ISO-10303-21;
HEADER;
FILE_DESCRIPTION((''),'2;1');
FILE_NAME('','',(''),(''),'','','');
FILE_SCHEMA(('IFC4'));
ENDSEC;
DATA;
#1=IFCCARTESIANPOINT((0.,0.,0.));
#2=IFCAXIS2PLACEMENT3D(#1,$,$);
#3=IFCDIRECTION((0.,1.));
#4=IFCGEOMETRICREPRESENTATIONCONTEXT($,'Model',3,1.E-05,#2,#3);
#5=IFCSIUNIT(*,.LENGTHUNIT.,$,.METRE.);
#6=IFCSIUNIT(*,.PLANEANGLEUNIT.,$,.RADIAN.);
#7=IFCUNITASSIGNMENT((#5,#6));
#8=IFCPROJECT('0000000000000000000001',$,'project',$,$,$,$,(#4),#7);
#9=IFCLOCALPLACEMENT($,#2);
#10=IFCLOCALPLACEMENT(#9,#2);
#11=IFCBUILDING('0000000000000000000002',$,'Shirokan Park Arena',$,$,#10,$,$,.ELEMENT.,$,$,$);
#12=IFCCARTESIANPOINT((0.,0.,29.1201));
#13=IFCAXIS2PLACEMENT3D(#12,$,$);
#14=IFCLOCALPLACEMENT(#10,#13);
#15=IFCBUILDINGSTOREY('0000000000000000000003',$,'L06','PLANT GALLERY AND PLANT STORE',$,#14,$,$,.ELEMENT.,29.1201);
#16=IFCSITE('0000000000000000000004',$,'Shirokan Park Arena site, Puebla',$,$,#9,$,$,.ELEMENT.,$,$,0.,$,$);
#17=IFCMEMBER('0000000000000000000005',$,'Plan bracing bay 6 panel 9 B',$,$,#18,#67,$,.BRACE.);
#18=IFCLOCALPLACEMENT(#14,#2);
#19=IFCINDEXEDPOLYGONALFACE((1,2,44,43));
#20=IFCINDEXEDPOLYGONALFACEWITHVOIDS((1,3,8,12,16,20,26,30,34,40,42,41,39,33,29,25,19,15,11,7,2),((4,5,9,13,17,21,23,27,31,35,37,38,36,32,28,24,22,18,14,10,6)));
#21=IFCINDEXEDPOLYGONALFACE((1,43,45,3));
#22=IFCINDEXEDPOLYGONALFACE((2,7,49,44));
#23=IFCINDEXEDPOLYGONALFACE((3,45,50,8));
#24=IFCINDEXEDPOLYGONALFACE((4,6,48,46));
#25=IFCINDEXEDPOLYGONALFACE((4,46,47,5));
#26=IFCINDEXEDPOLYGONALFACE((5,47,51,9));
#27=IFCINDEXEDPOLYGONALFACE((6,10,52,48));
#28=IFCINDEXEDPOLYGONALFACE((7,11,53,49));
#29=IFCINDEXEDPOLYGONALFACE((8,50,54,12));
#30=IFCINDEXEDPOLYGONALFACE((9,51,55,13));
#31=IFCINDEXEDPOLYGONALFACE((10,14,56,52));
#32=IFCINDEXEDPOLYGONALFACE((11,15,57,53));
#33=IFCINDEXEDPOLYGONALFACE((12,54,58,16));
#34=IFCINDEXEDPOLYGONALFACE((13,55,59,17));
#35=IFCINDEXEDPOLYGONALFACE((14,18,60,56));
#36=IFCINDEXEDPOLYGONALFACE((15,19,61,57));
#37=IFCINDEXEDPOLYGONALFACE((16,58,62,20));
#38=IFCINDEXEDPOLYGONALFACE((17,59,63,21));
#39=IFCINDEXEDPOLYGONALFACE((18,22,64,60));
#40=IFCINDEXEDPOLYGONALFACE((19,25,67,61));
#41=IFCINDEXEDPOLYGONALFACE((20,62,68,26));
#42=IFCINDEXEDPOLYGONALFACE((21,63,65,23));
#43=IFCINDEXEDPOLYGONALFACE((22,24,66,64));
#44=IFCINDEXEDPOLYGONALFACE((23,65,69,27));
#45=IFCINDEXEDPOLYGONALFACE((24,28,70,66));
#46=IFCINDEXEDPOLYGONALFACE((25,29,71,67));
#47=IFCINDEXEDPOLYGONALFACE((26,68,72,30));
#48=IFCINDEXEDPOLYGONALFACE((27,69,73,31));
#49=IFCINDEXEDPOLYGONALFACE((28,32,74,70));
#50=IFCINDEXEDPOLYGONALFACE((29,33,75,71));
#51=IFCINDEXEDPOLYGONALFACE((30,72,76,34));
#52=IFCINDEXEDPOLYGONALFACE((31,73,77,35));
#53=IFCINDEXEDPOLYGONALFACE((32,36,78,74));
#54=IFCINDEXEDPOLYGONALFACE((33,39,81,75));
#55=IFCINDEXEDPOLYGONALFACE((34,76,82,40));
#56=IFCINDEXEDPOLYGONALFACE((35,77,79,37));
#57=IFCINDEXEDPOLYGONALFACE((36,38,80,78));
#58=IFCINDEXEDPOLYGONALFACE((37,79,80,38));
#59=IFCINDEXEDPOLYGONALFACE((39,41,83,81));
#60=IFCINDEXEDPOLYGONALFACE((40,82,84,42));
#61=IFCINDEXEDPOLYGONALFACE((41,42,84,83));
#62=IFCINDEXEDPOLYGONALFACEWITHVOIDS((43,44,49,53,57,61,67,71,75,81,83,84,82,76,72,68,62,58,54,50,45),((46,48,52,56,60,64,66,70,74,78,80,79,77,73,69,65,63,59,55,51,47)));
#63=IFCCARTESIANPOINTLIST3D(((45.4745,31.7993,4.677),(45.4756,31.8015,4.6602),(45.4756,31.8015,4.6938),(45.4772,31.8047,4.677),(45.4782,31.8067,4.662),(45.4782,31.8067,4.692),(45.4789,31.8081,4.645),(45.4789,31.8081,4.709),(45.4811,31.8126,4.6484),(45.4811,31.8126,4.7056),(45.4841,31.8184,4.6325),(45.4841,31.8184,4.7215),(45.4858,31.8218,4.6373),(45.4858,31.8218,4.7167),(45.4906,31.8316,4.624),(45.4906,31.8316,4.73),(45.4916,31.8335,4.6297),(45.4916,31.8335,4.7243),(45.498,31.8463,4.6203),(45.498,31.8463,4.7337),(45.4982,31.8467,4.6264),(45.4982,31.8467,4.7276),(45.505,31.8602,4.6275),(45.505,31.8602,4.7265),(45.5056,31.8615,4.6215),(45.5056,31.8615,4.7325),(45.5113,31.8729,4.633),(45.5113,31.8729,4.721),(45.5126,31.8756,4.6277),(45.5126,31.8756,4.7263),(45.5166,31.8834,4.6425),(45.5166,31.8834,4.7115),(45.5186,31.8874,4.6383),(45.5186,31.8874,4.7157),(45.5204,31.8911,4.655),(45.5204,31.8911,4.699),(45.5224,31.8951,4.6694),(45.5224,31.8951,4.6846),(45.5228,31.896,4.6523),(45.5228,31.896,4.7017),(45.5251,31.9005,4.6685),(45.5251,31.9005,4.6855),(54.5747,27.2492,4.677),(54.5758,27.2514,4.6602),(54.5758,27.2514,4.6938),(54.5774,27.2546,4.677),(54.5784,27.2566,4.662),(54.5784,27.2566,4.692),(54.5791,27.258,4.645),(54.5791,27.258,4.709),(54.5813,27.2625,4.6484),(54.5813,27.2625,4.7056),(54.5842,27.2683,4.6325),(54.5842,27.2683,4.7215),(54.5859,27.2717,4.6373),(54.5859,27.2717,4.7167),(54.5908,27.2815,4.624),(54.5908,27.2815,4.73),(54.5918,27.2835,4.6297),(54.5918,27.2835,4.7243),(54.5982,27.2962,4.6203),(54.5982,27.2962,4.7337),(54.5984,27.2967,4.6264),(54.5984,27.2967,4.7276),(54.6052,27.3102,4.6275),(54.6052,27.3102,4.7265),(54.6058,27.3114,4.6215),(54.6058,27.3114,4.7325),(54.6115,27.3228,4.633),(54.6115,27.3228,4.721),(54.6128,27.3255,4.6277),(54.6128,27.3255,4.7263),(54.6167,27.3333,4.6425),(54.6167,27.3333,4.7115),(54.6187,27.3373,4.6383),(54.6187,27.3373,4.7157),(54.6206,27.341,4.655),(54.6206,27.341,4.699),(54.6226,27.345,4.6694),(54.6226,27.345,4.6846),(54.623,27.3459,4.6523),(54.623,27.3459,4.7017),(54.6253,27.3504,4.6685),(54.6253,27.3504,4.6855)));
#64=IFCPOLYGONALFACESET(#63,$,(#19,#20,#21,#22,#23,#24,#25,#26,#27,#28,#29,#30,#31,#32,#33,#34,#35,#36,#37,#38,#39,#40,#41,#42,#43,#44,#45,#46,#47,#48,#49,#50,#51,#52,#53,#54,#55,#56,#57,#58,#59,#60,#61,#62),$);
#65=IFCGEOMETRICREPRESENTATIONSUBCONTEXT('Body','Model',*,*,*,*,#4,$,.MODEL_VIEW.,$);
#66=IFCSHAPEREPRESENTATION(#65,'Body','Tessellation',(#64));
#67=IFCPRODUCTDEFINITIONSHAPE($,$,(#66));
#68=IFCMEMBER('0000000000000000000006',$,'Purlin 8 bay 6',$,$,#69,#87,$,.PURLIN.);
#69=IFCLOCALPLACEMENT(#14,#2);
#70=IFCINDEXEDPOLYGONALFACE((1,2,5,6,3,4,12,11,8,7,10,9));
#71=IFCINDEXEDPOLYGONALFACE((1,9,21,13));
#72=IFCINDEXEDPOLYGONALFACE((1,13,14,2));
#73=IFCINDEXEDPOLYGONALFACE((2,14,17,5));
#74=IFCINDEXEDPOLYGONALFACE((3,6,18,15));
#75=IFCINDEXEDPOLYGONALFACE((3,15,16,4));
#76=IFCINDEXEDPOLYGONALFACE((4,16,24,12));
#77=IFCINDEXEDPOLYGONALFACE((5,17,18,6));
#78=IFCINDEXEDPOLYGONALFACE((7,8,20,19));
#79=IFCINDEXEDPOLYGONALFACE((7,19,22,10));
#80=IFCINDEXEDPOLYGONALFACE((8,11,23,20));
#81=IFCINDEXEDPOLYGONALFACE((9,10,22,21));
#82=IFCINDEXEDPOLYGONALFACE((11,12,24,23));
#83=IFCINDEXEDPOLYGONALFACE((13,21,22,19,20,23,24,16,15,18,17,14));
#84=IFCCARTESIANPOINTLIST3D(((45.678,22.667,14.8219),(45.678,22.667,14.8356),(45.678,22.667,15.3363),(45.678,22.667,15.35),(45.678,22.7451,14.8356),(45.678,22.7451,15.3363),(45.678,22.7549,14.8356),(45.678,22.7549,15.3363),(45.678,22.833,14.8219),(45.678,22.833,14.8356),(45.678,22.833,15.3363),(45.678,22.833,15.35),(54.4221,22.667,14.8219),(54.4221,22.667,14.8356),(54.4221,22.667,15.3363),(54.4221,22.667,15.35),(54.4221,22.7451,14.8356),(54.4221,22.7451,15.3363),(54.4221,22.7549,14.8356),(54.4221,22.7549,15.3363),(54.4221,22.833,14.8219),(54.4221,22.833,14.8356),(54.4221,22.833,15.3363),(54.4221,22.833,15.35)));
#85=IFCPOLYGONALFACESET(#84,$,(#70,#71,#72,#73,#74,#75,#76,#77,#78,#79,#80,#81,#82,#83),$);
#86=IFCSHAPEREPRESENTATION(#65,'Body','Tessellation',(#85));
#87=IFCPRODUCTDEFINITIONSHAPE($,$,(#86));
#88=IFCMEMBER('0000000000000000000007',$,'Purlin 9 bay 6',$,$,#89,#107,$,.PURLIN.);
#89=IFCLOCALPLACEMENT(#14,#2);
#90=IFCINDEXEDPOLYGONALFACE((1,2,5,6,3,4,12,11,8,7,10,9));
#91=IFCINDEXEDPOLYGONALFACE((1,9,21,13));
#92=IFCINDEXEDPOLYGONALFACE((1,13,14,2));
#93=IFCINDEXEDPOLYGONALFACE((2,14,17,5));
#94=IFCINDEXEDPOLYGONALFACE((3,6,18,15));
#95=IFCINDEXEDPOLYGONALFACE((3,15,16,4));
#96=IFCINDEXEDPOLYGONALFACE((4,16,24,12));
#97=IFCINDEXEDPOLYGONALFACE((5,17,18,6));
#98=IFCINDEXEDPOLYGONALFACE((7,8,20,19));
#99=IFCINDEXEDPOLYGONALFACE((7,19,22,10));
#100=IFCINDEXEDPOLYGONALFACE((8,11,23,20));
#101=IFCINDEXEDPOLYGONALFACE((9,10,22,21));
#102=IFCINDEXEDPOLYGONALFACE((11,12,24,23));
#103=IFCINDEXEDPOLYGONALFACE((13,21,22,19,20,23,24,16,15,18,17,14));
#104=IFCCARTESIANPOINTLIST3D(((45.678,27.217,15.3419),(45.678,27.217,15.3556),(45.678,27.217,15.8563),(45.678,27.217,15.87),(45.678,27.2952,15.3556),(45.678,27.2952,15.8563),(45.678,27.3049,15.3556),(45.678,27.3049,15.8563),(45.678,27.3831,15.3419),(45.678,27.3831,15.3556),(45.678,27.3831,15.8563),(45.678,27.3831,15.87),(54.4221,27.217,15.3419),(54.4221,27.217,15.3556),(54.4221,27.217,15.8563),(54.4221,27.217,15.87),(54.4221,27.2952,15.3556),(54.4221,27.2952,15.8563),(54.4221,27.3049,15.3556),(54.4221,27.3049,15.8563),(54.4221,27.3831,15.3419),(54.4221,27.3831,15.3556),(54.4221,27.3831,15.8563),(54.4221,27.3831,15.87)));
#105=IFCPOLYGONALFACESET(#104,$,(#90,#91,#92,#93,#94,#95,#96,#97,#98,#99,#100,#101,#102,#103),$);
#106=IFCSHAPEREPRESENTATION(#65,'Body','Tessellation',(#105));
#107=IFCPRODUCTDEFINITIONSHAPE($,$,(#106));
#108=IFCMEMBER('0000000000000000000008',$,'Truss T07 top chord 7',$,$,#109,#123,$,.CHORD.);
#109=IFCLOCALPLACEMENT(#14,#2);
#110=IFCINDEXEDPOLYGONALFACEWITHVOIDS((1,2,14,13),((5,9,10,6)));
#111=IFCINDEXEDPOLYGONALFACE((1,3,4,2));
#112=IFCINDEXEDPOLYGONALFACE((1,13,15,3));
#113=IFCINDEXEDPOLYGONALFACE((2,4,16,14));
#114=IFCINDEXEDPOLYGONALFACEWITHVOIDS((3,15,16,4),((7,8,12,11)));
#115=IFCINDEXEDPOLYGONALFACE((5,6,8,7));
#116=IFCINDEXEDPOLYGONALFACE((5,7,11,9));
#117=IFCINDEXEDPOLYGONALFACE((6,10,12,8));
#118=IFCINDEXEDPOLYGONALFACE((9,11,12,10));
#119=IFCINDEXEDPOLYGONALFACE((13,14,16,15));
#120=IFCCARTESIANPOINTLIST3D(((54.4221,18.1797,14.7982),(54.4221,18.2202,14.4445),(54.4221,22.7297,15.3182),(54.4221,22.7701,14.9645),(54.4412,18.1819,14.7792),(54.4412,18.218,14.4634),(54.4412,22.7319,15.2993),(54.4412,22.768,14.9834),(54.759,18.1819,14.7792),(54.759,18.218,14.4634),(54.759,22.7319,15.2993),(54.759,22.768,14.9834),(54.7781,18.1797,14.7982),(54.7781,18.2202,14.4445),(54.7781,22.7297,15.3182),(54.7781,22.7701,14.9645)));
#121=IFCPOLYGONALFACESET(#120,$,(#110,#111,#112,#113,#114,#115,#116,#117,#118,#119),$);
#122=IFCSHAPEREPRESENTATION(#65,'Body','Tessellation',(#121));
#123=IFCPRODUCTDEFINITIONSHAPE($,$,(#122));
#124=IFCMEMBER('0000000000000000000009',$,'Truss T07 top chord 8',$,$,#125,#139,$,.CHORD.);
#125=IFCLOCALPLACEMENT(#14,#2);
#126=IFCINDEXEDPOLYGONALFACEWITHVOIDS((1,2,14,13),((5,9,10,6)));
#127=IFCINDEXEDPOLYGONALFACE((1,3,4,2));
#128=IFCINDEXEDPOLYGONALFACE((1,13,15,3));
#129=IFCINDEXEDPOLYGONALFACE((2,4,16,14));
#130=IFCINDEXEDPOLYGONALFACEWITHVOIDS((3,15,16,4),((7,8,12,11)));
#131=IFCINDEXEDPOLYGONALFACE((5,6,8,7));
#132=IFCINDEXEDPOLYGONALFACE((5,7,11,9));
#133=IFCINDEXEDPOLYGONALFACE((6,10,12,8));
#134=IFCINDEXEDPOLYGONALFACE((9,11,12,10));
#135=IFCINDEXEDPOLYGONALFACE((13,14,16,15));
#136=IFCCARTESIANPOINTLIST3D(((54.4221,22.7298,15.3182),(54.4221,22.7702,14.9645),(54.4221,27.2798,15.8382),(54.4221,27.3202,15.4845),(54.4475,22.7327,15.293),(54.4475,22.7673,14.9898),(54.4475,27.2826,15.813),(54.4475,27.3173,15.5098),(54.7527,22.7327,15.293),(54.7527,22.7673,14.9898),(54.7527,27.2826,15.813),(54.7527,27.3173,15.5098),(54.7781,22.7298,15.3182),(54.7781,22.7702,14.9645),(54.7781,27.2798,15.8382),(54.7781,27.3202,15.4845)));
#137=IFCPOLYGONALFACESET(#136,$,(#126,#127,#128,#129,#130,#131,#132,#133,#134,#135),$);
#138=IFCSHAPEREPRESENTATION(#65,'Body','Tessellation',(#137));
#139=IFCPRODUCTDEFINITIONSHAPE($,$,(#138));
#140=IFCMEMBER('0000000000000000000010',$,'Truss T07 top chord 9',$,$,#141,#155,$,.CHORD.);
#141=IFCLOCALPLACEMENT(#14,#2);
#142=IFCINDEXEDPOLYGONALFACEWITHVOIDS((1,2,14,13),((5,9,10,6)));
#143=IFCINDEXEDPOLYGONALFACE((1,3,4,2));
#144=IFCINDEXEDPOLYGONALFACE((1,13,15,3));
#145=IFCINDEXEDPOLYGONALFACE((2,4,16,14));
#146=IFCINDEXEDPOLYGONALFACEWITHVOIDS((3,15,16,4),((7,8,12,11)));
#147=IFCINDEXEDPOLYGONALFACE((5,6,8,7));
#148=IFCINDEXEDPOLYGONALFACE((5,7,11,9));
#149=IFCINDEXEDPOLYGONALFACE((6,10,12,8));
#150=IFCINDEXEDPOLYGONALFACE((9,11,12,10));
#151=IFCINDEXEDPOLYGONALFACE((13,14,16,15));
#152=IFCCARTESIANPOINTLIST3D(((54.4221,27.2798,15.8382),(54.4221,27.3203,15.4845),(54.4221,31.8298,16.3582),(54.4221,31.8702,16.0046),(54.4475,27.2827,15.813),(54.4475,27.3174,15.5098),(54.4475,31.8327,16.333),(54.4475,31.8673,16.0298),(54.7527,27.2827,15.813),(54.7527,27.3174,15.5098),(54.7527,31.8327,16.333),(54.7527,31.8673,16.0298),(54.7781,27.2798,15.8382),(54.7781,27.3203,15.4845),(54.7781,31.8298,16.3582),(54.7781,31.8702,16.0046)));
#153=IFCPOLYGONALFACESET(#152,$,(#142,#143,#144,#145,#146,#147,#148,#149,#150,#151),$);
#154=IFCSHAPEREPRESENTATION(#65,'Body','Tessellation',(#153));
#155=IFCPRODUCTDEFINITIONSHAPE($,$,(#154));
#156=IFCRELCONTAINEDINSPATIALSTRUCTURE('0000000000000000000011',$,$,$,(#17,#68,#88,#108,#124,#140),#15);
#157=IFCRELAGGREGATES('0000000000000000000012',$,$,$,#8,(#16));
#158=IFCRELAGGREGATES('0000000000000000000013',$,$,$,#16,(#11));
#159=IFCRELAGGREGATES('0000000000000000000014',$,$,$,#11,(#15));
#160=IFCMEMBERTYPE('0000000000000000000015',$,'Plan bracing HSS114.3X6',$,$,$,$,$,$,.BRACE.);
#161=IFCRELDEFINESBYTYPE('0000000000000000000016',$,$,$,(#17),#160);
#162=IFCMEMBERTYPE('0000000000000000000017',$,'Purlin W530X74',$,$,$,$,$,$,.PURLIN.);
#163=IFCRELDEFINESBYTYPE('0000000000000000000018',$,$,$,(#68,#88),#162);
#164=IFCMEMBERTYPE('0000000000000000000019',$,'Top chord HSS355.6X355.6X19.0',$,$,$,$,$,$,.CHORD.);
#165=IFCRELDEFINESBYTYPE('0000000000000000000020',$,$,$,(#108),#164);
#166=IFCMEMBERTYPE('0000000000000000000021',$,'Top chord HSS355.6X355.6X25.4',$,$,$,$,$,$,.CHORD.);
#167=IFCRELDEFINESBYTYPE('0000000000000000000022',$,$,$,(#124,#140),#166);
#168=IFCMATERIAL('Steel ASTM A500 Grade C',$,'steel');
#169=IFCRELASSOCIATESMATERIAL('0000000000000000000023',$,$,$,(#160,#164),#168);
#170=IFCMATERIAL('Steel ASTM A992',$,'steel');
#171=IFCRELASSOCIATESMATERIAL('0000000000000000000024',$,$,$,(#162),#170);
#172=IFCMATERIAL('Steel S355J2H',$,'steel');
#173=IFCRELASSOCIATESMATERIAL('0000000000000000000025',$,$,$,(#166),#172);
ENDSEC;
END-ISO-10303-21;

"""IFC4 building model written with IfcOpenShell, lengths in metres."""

from ifc_helpers import new_model, si_unit, direction, frame, origin, origin_2d, place, context, subcontext, project, spatial, hollow_rectangle, hollow_circle, i_section, extrude, material, material_profile, profile_set, type_object, element, save


model = new_model("IFC4")

# Units and contexts
model_context = context("Model", 3, precision=1e-05, world=origin(), true_north=direction((0.0, 1.0)))
body_context = subcontext(model_context, "Body", "Model", "MODEL_VIEW")
ifc_project = project(units=[si_unit("LENGTHUNIT", "METRE"), si_unit("PLANEANGLEUNIT", "RADIAN")], contexts=[model_context])

# Site, building, storey
site_placement = place(None, origin())
site = spatial("IfcSite", under=ifc_project, at=site_placement, Name="Shirokan Park Arena site, Puebla", CompositionType="ELEMENT", RefElevation=0.0)
building_placement = place(site_placement, origin())
building = spatial("IfcBuilding", under=site, at=building_placement, Name="Shirokan Park Arena", CompositionType="ELEMENT")
storey_placement = place(building_placement, frame((0.0, 0.0, 29.1201)))
storey = spatial("IfcBuildingStorey", under=building, at=storey_placement, Name="L06", Description="PLANT GALLERY AND PLANT STORE", CompositionType="ELEMENT", Elevation=29.1201)

# Members
ifc_material_1 = material(Name="Steel ASTM A500 Grade C", Category="steel")
ifc_material_2 = material(Name="Steel S355J2H", Category="steel")
ifc_material_profile_1 = material_profile(ifc_material_1, hollow_circle(Radius=0.0569, WallThickness=0.0061, at=origin_2d()), Name="HSS114.3X6")
ifc_profile_set_1 = profile_set([ifc_material_profile_1], Name="Steel ASTM A500 Grade C")
member_type_1 = type_object("IfcMemberType", Name="Plan bracing HSS114.3X6", PredefinedType="BRACE", material=ifc_profile_set_1)
for number, where, z_axis, x_axis, name in (
    (1, (54.6001, 27.3, 4.677), (-0.894427, 0.447214, 0.0), (-0.447214, -0.894427, 0.0), "Plan bracing bay 6 panel 9 B"),
):
    element("IfcMember", number, at=place(storey_placement, frame(where, z_axis=z_axis, x_axis=x_axis)), inside=storey, type_object=member_type_1, Name=name, PredefinedType="BRACE", context=body_context, shape_type="SweptSolid", body=[
        extrude(hollow_circle(Radius=0.0569, WallThickness=0.0061, at=origin_2d()), origin(), (0.0, 0.0, 1.0), 10.1743),
    ])
ifc_material_3 = material(Name="Steel ASTM A992", Category="steel")
ifc_material_profile_2 = material_profile(ifc_material_3, i_section(OverallWidth=0.166, OverallDepth=0.5281, WebThickness=0.0098, FlangeThickness=0.0137, at=origin_2d()), Name="W530X74")
ifc_profile_set_2 = profile_set([ifc_material_profile_2], Name="Steel ASTM A992")
member_type_2 = type_object("IfcMemberType", Name="Purlin W530X74", PredefinedType="PURLIN", material=ifc_profile_set_2)
for number, where, z_axis, x_axis, name in (
    (2, (45.678, 22.75, 15.0859), (1.0, 0.0, 0.0), (0.0, 1.0, 0.0), "Purlin 8 bay 6"),
    (3, (45.678, 27.3, 15.606), (1.0, 0.0, 0.0), (0.0, 1.0, 0.0), "Purlin 9 bay 6"),
):
    element("IfcMember", number, at=place(storey_placement, frame(where, z_axis=z_axis, x_axis=x_axis)), inside=storey, type_object=member_type_2, Name=name, PredefinedType="PURLIN", context=body_context, shape_type="SweptSolid", body=[
        extrude(i_section(OverallWidth=0.166, OverallDepth=0.5281, WebThickness=0.0098, FlangeThickness=0.0137, at=origin_2d()), origin(), (0.0, 0.0, 1.0), 8.7441),
    ])
ifc_material_profile_3 = material_profile(ifc_material_1, hollow_rectangle(XDim=0.356, YDim=0.356, WallThickness=0.019, at=origin_2d()), Name="HSS355.6X355.6X19.0")
ifc_profile_set_3 = profile_set([ifc_material_profile_3], Name="Steel ASTM A500 Grade C")
member_type_3 = type_object("IfcMemberType", Name="Top chord HSS355.6X355.6X19.0", PredefinedType="CHORD", material=ifc_profile_set_3)
member_1_placement = place(storey_placement, frame((54.6001, 18.2, 14.6213), z_axis=(0.0, 0.993532, 0.11355), x_axis=(-1.0, 0.0, 0.0)))
element("IfcMember", 4, at=member_1_placement, inside=storey, type_object=member_type_3, Name="Truss T07 top chord 7", PredefinedType="CHORD", context=body_context, shape_type="SweptSolid", body=[
    extrude(hollow_rectangle(XDim=0.356, YDim=0.356, WallThickness=0.019, at=origin_2d()), origin(), (0.0, 0.0, 1.0), 4.5796),
])
ifc_material_profile_4 = material_profile(ifc_material_2, hollow_rectangle(XDim=0.356, YDim=0.356, WallThickness=0.0254, at=origin_2d()), Name="HSS355.6X355.6X25.4")
ifc_profile_set_4 = profile_set([ifc_material_profile_4], Name="Steel S355J2H")
member_type_4 = type_object("IfcMemberType", Name="Top chord HSS355.6X355.6X25.4", PredefinedType="CHORD", material=ifc_profile_set_4)
for number, where, z_axis, x_axis, name in (
    (5, (54.6001, 22.75, 15.1414), (0.0, 0.993532, 0.11355), (-1.0, 0.0, 0.0), "Truss T07 top chord 8"),
    (6, (54.6001, 27.3, 15.6614), (0.0, 0.993532, 0.11355), (-1.0, 0.0, 0.0), "Truss T07 top chord 9"),
):
    element("IfcMember", number, at=place(storey_placement, frame(where, z_axis=z_axis, x_axis=x_axis)), inside=storey, type_object=member_type_4, Name=name, PredefinedType="CHORD", context=body_context, shape_type="SweptSolid", body=[
        extrude(hollow_rectangle(XDim=0.356, YDim=0.356, WallThickness=0.0254, at=origin_2d()), origin(), (0.0, 0.0, 1.0), 4.5796),
    ])

save(model, "model.ifc")
